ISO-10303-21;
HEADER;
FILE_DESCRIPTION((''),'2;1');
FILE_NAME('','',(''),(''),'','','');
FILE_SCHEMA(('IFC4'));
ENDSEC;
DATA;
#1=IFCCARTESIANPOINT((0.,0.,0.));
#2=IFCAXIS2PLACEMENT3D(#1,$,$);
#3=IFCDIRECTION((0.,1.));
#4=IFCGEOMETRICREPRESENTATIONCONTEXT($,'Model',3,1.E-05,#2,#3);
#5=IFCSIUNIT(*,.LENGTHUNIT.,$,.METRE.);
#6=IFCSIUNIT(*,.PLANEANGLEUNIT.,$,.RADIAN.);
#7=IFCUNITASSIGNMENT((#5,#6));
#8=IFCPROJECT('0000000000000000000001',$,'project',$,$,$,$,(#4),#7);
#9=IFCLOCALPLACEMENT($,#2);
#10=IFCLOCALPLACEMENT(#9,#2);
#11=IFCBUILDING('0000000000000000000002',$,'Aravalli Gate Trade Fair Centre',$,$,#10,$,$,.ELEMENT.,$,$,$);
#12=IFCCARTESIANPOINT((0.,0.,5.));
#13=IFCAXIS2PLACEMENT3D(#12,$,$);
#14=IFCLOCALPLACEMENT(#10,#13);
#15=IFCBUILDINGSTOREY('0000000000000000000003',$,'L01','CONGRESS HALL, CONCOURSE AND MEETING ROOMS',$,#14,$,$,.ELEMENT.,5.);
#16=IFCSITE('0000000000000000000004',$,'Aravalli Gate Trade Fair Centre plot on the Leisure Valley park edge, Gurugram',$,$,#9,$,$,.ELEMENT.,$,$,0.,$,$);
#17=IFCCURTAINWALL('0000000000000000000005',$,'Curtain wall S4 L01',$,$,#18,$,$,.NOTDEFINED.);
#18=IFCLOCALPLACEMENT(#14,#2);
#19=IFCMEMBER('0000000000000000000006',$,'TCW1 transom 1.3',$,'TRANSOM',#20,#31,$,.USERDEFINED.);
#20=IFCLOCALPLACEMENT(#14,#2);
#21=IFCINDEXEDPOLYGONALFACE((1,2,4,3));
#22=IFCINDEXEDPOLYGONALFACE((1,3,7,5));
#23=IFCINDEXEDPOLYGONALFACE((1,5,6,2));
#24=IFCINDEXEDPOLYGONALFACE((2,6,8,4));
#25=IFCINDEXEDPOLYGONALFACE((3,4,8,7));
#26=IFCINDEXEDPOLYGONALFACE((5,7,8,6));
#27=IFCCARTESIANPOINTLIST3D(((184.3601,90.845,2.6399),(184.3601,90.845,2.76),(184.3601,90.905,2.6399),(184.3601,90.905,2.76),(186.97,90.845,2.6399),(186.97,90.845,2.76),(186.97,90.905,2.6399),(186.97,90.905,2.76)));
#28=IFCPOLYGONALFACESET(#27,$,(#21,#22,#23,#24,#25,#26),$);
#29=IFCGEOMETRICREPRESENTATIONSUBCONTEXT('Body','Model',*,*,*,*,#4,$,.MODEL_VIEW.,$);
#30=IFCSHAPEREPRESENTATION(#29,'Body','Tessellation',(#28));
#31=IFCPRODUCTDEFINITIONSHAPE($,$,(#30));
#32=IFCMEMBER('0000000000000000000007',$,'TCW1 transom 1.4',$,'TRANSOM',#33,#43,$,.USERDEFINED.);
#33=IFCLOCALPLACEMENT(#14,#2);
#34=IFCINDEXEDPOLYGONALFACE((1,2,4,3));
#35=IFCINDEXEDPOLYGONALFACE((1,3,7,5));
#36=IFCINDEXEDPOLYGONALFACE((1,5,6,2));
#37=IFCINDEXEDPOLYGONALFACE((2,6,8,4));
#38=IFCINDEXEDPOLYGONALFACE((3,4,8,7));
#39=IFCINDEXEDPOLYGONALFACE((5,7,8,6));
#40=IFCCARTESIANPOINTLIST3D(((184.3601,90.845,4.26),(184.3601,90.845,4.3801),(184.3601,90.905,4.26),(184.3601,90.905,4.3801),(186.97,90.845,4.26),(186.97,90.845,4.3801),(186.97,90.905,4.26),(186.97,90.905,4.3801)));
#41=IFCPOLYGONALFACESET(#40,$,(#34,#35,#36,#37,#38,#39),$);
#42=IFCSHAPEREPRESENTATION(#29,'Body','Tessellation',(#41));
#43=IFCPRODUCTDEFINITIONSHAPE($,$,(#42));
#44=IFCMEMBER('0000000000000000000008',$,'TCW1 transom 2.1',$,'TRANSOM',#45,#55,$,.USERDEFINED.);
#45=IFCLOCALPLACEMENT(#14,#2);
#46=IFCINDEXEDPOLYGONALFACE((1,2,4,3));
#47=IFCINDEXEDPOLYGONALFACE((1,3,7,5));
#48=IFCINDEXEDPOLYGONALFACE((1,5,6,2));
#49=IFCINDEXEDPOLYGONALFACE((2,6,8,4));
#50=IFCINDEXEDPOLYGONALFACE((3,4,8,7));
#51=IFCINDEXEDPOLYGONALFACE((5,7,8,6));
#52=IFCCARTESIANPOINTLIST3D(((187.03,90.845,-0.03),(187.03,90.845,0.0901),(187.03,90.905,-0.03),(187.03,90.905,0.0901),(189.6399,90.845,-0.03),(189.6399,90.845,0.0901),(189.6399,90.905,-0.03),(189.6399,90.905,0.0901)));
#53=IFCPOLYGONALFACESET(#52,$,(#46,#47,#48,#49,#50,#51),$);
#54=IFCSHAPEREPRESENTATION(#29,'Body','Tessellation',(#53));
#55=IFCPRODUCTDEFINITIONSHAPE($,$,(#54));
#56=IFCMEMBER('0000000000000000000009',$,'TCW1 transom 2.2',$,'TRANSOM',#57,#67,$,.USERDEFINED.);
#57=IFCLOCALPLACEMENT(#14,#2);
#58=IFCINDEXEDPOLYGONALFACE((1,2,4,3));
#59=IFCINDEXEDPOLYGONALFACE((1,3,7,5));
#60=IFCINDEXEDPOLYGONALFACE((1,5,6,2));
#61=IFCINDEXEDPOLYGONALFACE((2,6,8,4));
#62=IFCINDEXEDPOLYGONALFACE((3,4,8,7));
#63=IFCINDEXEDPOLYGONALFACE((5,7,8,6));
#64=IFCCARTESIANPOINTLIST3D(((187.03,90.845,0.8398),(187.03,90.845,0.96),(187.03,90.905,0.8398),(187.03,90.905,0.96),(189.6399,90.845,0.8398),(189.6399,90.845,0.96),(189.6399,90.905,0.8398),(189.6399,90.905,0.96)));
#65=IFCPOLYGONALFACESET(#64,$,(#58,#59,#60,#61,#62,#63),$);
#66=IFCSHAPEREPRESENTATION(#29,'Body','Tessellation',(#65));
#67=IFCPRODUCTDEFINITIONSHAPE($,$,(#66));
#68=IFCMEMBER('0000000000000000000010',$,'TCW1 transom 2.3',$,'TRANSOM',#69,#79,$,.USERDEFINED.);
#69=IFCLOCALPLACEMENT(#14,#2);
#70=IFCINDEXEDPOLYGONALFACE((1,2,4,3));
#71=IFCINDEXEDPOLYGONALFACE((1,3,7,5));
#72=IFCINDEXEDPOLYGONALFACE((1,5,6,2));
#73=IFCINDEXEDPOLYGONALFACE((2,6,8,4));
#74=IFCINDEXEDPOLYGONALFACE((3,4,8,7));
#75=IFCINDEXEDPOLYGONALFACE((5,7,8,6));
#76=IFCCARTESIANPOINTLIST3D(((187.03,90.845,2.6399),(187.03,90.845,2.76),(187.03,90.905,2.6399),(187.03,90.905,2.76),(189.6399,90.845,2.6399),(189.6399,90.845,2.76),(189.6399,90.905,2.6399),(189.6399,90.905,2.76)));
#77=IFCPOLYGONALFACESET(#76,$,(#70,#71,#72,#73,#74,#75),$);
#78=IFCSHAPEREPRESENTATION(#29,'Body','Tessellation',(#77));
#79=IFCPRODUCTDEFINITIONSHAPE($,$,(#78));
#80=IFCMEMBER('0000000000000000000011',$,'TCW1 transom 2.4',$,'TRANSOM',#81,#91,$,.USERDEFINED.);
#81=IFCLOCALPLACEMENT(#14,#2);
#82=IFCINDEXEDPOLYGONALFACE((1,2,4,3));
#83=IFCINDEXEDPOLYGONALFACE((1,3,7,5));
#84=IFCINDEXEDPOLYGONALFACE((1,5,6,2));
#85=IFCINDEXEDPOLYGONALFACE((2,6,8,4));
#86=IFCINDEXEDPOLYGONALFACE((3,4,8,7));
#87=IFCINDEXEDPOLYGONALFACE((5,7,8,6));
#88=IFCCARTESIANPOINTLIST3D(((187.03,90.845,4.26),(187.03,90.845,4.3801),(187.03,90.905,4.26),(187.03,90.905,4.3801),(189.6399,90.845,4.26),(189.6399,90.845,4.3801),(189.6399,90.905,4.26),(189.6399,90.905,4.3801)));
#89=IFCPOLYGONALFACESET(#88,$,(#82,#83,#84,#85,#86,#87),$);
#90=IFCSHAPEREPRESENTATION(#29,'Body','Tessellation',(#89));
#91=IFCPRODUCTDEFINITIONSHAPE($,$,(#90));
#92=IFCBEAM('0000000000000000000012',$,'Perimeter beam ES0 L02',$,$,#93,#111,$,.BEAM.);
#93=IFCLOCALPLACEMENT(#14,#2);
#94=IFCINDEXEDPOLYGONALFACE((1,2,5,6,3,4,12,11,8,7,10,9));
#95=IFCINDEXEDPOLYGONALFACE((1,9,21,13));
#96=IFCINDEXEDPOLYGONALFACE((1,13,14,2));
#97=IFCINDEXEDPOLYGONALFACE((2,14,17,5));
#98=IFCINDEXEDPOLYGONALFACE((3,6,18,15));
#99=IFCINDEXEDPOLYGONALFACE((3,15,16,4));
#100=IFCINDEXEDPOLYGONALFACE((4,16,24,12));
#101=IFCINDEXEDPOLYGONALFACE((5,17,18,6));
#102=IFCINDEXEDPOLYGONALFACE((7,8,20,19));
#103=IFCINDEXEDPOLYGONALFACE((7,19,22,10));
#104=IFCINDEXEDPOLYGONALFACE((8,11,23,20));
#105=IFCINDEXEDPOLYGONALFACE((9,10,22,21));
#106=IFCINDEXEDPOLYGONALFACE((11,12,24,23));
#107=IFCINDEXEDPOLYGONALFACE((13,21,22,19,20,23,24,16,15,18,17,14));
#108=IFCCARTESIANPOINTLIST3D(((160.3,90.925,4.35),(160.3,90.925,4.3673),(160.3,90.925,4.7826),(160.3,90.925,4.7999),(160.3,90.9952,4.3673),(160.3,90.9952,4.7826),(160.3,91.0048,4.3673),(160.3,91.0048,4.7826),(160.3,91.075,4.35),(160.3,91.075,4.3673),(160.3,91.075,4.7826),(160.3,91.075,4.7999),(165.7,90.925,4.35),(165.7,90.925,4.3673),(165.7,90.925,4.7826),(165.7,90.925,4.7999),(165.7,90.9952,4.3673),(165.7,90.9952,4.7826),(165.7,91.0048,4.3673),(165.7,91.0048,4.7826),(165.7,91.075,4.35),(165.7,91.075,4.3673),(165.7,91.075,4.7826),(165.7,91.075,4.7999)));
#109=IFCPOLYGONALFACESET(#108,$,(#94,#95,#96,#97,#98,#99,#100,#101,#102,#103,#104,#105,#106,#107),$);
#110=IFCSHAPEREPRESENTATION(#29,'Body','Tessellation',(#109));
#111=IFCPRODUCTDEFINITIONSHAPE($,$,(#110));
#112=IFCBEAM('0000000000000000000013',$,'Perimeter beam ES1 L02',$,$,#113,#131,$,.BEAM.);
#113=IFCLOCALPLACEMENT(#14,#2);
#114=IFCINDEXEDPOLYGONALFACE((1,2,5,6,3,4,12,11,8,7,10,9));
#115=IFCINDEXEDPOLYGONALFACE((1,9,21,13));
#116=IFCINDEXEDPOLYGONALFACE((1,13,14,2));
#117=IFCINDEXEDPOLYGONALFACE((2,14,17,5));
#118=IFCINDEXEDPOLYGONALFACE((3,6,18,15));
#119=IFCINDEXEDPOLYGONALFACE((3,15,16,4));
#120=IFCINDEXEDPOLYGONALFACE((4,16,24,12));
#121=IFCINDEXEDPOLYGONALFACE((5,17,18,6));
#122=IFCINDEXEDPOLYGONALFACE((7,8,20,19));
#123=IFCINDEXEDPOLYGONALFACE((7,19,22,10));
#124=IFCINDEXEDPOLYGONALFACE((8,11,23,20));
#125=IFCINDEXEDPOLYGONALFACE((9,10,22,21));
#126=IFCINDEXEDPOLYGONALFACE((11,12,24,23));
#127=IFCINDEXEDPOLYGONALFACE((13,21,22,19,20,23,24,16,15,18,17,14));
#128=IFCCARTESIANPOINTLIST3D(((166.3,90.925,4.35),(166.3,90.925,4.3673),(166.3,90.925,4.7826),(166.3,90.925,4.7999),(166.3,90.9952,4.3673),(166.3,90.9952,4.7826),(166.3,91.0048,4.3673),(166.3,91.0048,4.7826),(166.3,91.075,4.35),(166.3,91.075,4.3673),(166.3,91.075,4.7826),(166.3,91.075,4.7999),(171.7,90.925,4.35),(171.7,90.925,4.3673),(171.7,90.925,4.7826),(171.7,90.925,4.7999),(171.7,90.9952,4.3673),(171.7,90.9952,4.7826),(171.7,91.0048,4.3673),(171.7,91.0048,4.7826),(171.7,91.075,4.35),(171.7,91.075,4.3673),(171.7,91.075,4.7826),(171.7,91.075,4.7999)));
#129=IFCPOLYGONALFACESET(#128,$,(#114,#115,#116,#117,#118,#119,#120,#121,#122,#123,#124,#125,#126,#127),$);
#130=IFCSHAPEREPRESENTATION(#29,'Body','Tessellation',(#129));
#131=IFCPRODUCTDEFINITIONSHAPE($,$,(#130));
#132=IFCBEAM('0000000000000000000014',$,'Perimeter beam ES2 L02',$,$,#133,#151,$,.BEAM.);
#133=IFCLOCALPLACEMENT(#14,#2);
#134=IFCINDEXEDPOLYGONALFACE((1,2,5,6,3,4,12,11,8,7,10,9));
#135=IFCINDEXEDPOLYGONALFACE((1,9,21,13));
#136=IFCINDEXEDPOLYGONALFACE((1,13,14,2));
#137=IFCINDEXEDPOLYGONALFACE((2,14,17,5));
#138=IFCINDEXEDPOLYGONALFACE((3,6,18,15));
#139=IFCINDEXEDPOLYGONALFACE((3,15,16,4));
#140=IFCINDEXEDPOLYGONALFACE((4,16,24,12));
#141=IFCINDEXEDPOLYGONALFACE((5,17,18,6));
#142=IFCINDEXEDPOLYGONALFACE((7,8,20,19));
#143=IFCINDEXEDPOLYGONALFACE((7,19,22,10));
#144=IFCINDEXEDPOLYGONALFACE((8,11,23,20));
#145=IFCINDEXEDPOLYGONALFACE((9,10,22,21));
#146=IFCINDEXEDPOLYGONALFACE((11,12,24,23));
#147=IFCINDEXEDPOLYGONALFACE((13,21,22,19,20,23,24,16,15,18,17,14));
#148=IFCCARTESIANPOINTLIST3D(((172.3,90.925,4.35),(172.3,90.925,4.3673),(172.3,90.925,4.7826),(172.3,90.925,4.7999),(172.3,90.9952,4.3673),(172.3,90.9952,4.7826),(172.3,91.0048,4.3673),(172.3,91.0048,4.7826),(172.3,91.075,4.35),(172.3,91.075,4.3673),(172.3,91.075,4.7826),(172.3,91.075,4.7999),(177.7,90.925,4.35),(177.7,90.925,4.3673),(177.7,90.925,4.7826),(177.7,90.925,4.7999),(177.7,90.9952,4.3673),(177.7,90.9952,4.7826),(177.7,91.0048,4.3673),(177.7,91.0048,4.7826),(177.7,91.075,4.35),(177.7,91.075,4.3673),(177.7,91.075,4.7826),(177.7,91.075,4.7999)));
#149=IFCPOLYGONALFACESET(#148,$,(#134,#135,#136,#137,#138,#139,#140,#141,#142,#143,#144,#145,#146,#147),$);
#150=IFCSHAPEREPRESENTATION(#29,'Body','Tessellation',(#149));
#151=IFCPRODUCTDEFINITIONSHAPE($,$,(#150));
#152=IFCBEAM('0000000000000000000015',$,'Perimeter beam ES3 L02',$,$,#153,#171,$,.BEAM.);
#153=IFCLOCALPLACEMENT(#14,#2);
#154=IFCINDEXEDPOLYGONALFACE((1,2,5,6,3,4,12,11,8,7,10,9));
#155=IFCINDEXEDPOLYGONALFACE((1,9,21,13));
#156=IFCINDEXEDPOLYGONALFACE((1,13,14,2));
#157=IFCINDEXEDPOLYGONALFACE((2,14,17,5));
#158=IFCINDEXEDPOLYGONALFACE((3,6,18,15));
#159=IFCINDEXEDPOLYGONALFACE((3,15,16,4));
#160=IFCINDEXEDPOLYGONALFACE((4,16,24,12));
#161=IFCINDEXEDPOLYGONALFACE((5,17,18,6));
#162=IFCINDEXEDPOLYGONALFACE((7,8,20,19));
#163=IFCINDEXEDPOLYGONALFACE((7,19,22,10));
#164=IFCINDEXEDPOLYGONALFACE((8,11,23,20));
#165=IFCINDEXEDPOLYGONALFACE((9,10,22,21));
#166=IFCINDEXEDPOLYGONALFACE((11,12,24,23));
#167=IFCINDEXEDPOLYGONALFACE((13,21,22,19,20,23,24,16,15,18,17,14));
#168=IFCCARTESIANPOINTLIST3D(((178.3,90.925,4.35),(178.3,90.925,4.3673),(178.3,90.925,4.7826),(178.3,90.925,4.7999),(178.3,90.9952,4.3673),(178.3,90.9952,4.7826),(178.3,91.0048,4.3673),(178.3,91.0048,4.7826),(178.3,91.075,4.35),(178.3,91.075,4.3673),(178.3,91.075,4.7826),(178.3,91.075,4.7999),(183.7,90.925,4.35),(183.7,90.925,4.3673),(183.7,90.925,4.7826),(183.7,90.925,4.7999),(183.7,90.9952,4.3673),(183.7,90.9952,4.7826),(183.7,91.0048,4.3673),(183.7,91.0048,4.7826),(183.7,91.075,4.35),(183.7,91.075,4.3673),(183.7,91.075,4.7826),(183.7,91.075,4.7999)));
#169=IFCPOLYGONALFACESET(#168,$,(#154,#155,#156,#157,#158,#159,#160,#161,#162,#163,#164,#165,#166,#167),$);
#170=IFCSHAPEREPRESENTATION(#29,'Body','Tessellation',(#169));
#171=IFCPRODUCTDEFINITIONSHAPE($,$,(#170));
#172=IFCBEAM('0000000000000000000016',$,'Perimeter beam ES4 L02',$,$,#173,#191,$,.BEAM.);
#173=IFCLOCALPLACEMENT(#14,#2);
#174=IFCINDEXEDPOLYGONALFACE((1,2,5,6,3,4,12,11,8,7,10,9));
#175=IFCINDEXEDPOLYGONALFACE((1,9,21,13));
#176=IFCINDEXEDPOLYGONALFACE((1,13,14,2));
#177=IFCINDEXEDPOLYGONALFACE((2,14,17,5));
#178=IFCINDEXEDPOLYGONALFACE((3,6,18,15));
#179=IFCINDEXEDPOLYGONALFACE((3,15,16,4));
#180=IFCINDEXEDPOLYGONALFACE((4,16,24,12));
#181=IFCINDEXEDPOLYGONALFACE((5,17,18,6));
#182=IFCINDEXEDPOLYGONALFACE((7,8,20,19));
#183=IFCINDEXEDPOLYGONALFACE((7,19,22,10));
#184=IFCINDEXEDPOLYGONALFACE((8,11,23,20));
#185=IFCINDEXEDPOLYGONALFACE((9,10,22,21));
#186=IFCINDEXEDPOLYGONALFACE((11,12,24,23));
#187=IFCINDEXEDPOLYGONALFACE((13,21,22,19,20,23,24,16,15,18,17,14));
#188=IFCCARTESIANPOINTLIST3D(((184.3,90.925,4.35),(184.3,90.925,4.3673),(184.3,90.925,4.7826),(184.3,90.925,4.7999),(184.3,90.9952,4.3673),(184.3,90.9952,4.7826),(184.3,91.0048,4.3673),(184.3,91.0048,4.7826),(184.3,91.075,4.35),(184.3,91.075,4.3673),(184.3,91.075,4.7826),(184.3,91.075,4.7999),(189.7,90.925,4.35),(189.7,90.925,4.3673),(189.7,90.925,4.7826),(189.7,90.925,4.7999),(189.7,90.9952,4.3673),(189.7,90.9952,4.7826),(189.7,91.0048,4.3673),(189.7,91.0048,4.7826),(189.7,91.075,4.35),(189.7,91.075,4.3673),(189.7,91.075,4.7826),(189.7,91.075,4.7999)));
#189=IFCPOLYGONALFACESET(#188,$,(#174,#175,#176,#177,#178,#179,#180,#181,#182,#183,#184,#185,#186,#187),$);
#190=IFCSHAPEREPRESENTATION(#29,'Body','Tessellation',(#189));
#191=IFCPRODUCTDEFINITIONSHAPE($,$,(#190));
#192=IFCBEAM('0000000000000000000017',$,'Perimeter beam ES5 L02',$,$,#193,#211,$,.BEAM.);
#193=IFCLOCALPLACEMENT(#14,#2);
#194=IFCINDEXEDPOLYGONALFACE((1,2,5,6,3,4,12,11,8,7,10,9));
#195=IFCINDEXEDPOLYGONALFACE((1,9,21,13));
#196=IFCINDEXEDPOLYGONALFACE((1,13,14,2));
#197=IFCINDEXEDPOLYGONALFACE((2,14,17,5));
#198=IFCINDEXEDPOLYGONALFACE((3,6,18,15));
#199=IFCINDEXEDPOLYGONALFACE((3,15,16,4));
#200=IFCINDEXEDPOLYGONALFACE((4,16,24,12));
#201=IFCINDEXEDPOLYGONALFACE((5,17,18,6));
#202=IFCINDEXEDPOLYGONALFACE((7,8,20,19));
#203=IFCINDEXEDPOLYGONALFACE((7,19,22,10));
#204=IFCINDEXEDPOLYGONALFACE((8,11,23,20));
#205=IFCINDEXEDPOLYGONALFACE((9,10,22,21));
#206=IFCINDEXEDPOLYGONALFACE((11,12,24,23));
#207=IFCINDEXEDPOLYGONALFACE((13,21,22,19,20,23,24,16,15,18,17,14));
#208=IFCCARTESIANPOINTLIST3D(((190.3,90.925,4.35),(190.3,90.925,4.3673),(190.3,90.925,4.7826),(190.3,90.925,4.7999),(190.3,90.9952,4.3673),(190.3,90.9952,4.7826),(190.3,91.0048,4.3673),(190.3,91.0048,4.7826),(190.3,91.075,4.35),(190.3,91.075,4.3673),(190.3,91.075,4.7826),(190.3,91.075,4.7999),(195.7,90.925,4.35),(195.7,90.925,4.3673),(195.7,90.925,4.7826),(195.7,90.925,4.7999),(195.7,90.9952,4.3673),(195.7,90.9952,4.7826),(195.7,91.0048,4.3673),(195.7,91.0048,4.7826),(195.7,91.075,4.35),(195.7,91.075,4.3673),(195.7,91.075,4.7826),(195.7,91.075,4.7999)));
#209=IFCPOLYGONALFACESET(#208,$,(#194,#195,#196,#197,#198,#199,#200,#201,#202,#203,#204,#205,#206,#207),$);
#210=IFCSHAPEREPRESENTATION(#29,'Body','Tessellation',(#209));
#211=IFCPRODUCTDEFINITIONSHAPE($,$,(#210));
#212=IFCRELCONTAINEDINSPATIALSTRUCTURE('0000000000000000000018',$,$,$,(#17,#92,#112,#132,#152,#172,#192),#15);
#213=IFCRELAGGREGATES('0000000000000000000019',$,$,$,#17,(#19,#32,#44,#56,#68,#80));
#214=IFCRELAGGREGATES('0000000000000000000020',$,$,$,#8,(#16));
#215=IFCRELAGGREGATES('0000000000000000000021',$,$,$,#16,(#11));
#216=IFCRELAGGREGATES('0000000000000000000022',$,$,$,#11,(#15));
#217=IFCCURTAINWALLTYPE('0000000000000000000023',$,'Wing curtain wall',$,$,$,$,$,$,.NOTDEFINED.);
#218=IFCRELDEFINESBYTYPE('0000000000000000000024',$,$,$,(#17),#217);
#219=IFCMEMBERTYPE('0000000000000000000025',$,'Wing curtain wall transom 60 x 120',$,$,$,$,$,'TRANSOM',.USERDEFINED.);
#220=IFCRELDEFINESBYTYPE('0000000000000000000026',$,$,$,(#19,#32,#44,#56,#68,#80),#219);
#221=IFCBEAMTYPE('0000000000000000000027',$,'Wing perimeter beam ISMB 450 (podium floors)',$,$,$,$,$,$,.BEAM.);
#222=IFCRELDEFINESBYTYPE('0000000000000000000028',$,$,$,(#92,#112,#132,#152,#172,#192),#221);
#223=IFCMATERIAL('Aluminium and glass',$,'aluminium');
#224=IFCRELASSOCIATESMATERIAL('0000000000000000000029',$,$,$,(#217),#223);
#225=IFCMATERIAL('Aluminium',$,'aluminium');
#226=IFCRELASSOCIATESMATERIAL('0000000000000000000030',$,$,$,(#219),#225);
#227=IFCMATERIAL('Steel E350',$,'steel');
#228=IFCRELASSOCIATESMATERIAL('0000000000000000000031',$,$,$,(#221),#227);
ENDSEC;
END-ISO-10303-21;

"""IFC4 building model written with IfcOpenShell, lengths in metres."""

from ifc_helpers import new_model, si_unit, direction, frame, origin, origin_2d, place, context, subcontext, project, spatial, rectangle, i_section, extrude, material, material_profile, profile_set, type_object, element, aggregate, save


model = new_model("IFC4")

# Units and contexts
model_context = context("Model", 3, precision=1e-05, world=origin(), true_north=direction((0.0, 1.0)))
body_context = subcontext(model_context, "Body", "Model", "MODEL_VIEW")
ifc_project = project(units=[si_unit("LENGTHUNIT", "METRE"), si_unit("PLANEANGLEUNIT", "RADIAN")], contexts=[model_context])

# Site, building, storey
site_placement = place(None, origin())
site = spatial("IfcSite", under=ifc_project, at=site_placement, Name="Aravalli Gate Trade Fair Centre plot on the Leisure Valley park edge, Gurugram", CompositionType="ELEMENT", RefElevation=0.0)
building_placement = place(site_placement, origin())
building = spatial("IfcBuilding", under=site, at=building_placement, Name="Aravalli Gate Trade Fair Centre", CompositionType="ELEMENT")
storey_placement = place(building_placement, frame((0.0, 0.0, 5.0)))
storey = spatial("IfcBuildingStorey", under=building, at=storey_placement, Name="L01", Description="CONGRESS HALL, CONCOURSE AND MEETING ROOMS", CompositionType="ELEMENT", Elevation=5.0)

# Shared definitions
ifc_material_1 = material(Name="Steel E350", Category="steel")

# Shared definitions
ifc_material_2 = material(Name="Aluminium and glass", Category="aluminium")
curtain_wall_type = type_object("IfcCurtainWallType", Name="Wing curtain wall", PredefinedType="NOTDEFINED", material=ifc_material_2)
ifc_material_3 = material(Name="Aluminium", Category="aluminium")

# Curtain wall
curtain_wall_1_placement = place(storey_placement, origin())
curtain_wall_1 = element("IfcCurtainWall", 1, at=curtain_wall_1_placement, inside=storey, type_object=curtain_wall_type, Name="Curtain wall S4 L01", PredefinedType="NOTDEFINED")

# Members
ifc_material_profile_1 = material_profile(ifc_material_3, rectangle(XDim=0.0601, YDim=0.1201, at=origin_2d()), Name="Wing curtain wall transom 60 x 120")
ifc_profile_set_1 = profile_set([ifc_material_profile_1], Name="Aluminium")
member_type_1 = type_object("IfcMemberType", Name="Wing curtain wall transom 60 x 120", ElementType="TRANSOM", PredefinedType="USERDEFINED", material=ifc_profile_set_1)
member_1_placement = place(storey_placement, frame((184.3601, 90.875, 2.7), z_axis=(1.0, 0.0, 0.0), x_axis=(0.0, 1.0, 0.0)))
member_1 = element("IfcMember", 2, at=member_1_placement, type_object=member_type_1, Name="TCW1 transom 1.3", ObjectType="TRANSOM", PredefinedType="USERDEFINED", context=body_context, shape_type="SweptSolid", body=[
    extrude(rectangle(XDim=0.0601, YDim=0.1201, at=origin_2d()), origin(), (0.0, 0.0, 1.0), 2.6099),
])
member_2_placement = place(storey_placement, frame((184.3601, 90.875, 4.3201), z_axis=(1.0, 0.0, 0.0), x_axis=(0.0, 1.0, 0.0)))
member_2 = element("IfcMember", 3, at=member_2_placement, type_object=member_type_1, Name="TCW1 transom 1.4", ObjectType="TRANSOM", PredefinedType="USERDEFINED", context=body_context, shape_type="SweptSolid", body=[
    extrude(rectangle(XDim=0.0601, YDim=0.1201, at=origin_2d()), origin(), (0.0, 0.0, 1.0), 2.6099),
])
member_3_placement = place(storey_placement, frame((187.03, 90.875, 0.03), z_axis=(1.0, 0.0, 0.0), x_axis=(0.0, 1.0, 0.0)))
member_3 = element("IfcMember", 4, at=member_3_placement, type_object=member_type_1, Name="TCW1 transom 2.1", ObjectType="TRANSOM", PredefinedType="USERDEFINED", context=body_context, shape_type="SweptSolid", body=[
    extrude(rectangle(XDim=0.0601, YDim=0.1201, at=origin_2d()), origin(), (0.0, 0.0, 1.0), 2.6099),
])
member_4_placement = place(storey_placement, frame((187.03, 90.875, 0.8999), z_axis=(1.0, 0.0, 0.0), x_axis=(0.0, 1.0, 0.0)))
member_4 = element("IfcMember", 5, at=member_4_placement, type_object=member_type_1, Name="TCW1 transom 2.2", ObjectType="TRANSOM", PredefinedType="USERDEFINED", context=body_context, shape_type="SweptSolid", body=[
    extrude(rectangle(XDim=0.0601, YDim=0.1201, at=origin_2d()), origin(), (0.0, 0.0, 1.0), 2.6099),
])
member_5_placement = place(storey_placement, frame((187.03, 90.875, 2.7), z_axis=(1.0, 0.0, 0.0), x_axis=(0.0, 1.0, 0.0)))
member_5 = element("IfcMember", 6, at=member_5_placement, type_object=member_type_1, Name="TCW1 transom 2.3", ObjectType="TRANSOM", PredefinedType="USERDEFINED", context=body_context, shape_type="SweptSolid", body=[
    extrude(rectangle(XDim=0.0601, YDim=0.1201, at=origin_2d()), origin(), (0.0, 0.0, 1.0), 2.6099),
])
member_6_placement = place(storey_placement, frame((187.03, 90.875, 4.3201), z_axis=(1.0, 0.0, 0.0), x_axis=(0.0, 1.0, 0.0)))
member_6 = element("IfcMember", 7, at=member_6_placement, type_object=member_type_1, Name="TCW1 transom 2.4", ObjectType="TRANSOM", PredefinedType="USERDEFINED", context=body_context, shape_type="SweptSolid", body=[
    extrude(rectangle(XDim=0.0601, YDim=0.1201, at=origin_2d()), origin(), (0.0, 0.0, 1.0), 2.6099),
])

# Beams
ifc_material_profile_2 = material_profile(ifc_material_1, i_section(OverallWidth=0.1499, OverallDepth=0.45, WebThickness=0.0095, FlangeThickness=0.0173, at=origin_2d()), Name="ISMB 450")
ifc_profile_set_2 = profile_set([ifc_material_profile_2], Name="Steel E350")
beam_type = type_object("IfcBeamType", Name="Wing perimeter beam ISMB 450 (podium floors)", PredefinedType="BEAM", material=ifc_profile_set_2)
for number, where, z_axis, x_axis, name in (
    (8, (160.3, 91.0, 4.575), (1.0, 0.0, 0.0), (0.0, 1.0, 0.0), "Perimeter beam ES0 L02"),
    (9, (166.3, 91.0, 4.575), (1.0, 0.0, 0.0), (0.0, 1.0, 0.0), "Perimeter beam ES1 L02"),
    (10, (172.3, 91.0, 4.575), (1.0, 0.0, 0.0), (0.0, 1.0, 0.0), "Perimeter beam ES2 L02"),
    (11, (178.3, 91.0, 4.575), (1.0, 0.0, 0.0), (0.0, 1.0, 0.0), "Perimeter beam ES3 L02"),
    (12, (184.3, 91.0, 4.575), (1.0, 0.0, 0.0), (0.0, 1.0, 0.0), "Perimeter beam ES4 L02"),
    (13, (190.3, 91.0, 4.575), (1.0, 0.0, 0.0), (0.0, 1.0, 0.0), "Perimeter beam ES5 L02"),
):
    element("IfcBeam", number, at=place(storey_placement, frame(where, z_axis=z_axis, x_axis=x_axis)), inside=storey, type_object=beam_type, Name=name, PredefinedType="BEAM", context=body_context, shape_type="SweptSolid", body=[
        extrude(i_section(OverallWidth=0.1499, OverallDepth=0.45, WebThickness=0.0095, FlangeThickness=0.0173, at=origin_2d()), origin(), (0.0, 0.0, 1.0), 5.3999),
    ])

aggregate(curtain_wall_1, [member_1, member_2, member_3, member_4, member_5, member_6])

save(model, "model.ifc")
